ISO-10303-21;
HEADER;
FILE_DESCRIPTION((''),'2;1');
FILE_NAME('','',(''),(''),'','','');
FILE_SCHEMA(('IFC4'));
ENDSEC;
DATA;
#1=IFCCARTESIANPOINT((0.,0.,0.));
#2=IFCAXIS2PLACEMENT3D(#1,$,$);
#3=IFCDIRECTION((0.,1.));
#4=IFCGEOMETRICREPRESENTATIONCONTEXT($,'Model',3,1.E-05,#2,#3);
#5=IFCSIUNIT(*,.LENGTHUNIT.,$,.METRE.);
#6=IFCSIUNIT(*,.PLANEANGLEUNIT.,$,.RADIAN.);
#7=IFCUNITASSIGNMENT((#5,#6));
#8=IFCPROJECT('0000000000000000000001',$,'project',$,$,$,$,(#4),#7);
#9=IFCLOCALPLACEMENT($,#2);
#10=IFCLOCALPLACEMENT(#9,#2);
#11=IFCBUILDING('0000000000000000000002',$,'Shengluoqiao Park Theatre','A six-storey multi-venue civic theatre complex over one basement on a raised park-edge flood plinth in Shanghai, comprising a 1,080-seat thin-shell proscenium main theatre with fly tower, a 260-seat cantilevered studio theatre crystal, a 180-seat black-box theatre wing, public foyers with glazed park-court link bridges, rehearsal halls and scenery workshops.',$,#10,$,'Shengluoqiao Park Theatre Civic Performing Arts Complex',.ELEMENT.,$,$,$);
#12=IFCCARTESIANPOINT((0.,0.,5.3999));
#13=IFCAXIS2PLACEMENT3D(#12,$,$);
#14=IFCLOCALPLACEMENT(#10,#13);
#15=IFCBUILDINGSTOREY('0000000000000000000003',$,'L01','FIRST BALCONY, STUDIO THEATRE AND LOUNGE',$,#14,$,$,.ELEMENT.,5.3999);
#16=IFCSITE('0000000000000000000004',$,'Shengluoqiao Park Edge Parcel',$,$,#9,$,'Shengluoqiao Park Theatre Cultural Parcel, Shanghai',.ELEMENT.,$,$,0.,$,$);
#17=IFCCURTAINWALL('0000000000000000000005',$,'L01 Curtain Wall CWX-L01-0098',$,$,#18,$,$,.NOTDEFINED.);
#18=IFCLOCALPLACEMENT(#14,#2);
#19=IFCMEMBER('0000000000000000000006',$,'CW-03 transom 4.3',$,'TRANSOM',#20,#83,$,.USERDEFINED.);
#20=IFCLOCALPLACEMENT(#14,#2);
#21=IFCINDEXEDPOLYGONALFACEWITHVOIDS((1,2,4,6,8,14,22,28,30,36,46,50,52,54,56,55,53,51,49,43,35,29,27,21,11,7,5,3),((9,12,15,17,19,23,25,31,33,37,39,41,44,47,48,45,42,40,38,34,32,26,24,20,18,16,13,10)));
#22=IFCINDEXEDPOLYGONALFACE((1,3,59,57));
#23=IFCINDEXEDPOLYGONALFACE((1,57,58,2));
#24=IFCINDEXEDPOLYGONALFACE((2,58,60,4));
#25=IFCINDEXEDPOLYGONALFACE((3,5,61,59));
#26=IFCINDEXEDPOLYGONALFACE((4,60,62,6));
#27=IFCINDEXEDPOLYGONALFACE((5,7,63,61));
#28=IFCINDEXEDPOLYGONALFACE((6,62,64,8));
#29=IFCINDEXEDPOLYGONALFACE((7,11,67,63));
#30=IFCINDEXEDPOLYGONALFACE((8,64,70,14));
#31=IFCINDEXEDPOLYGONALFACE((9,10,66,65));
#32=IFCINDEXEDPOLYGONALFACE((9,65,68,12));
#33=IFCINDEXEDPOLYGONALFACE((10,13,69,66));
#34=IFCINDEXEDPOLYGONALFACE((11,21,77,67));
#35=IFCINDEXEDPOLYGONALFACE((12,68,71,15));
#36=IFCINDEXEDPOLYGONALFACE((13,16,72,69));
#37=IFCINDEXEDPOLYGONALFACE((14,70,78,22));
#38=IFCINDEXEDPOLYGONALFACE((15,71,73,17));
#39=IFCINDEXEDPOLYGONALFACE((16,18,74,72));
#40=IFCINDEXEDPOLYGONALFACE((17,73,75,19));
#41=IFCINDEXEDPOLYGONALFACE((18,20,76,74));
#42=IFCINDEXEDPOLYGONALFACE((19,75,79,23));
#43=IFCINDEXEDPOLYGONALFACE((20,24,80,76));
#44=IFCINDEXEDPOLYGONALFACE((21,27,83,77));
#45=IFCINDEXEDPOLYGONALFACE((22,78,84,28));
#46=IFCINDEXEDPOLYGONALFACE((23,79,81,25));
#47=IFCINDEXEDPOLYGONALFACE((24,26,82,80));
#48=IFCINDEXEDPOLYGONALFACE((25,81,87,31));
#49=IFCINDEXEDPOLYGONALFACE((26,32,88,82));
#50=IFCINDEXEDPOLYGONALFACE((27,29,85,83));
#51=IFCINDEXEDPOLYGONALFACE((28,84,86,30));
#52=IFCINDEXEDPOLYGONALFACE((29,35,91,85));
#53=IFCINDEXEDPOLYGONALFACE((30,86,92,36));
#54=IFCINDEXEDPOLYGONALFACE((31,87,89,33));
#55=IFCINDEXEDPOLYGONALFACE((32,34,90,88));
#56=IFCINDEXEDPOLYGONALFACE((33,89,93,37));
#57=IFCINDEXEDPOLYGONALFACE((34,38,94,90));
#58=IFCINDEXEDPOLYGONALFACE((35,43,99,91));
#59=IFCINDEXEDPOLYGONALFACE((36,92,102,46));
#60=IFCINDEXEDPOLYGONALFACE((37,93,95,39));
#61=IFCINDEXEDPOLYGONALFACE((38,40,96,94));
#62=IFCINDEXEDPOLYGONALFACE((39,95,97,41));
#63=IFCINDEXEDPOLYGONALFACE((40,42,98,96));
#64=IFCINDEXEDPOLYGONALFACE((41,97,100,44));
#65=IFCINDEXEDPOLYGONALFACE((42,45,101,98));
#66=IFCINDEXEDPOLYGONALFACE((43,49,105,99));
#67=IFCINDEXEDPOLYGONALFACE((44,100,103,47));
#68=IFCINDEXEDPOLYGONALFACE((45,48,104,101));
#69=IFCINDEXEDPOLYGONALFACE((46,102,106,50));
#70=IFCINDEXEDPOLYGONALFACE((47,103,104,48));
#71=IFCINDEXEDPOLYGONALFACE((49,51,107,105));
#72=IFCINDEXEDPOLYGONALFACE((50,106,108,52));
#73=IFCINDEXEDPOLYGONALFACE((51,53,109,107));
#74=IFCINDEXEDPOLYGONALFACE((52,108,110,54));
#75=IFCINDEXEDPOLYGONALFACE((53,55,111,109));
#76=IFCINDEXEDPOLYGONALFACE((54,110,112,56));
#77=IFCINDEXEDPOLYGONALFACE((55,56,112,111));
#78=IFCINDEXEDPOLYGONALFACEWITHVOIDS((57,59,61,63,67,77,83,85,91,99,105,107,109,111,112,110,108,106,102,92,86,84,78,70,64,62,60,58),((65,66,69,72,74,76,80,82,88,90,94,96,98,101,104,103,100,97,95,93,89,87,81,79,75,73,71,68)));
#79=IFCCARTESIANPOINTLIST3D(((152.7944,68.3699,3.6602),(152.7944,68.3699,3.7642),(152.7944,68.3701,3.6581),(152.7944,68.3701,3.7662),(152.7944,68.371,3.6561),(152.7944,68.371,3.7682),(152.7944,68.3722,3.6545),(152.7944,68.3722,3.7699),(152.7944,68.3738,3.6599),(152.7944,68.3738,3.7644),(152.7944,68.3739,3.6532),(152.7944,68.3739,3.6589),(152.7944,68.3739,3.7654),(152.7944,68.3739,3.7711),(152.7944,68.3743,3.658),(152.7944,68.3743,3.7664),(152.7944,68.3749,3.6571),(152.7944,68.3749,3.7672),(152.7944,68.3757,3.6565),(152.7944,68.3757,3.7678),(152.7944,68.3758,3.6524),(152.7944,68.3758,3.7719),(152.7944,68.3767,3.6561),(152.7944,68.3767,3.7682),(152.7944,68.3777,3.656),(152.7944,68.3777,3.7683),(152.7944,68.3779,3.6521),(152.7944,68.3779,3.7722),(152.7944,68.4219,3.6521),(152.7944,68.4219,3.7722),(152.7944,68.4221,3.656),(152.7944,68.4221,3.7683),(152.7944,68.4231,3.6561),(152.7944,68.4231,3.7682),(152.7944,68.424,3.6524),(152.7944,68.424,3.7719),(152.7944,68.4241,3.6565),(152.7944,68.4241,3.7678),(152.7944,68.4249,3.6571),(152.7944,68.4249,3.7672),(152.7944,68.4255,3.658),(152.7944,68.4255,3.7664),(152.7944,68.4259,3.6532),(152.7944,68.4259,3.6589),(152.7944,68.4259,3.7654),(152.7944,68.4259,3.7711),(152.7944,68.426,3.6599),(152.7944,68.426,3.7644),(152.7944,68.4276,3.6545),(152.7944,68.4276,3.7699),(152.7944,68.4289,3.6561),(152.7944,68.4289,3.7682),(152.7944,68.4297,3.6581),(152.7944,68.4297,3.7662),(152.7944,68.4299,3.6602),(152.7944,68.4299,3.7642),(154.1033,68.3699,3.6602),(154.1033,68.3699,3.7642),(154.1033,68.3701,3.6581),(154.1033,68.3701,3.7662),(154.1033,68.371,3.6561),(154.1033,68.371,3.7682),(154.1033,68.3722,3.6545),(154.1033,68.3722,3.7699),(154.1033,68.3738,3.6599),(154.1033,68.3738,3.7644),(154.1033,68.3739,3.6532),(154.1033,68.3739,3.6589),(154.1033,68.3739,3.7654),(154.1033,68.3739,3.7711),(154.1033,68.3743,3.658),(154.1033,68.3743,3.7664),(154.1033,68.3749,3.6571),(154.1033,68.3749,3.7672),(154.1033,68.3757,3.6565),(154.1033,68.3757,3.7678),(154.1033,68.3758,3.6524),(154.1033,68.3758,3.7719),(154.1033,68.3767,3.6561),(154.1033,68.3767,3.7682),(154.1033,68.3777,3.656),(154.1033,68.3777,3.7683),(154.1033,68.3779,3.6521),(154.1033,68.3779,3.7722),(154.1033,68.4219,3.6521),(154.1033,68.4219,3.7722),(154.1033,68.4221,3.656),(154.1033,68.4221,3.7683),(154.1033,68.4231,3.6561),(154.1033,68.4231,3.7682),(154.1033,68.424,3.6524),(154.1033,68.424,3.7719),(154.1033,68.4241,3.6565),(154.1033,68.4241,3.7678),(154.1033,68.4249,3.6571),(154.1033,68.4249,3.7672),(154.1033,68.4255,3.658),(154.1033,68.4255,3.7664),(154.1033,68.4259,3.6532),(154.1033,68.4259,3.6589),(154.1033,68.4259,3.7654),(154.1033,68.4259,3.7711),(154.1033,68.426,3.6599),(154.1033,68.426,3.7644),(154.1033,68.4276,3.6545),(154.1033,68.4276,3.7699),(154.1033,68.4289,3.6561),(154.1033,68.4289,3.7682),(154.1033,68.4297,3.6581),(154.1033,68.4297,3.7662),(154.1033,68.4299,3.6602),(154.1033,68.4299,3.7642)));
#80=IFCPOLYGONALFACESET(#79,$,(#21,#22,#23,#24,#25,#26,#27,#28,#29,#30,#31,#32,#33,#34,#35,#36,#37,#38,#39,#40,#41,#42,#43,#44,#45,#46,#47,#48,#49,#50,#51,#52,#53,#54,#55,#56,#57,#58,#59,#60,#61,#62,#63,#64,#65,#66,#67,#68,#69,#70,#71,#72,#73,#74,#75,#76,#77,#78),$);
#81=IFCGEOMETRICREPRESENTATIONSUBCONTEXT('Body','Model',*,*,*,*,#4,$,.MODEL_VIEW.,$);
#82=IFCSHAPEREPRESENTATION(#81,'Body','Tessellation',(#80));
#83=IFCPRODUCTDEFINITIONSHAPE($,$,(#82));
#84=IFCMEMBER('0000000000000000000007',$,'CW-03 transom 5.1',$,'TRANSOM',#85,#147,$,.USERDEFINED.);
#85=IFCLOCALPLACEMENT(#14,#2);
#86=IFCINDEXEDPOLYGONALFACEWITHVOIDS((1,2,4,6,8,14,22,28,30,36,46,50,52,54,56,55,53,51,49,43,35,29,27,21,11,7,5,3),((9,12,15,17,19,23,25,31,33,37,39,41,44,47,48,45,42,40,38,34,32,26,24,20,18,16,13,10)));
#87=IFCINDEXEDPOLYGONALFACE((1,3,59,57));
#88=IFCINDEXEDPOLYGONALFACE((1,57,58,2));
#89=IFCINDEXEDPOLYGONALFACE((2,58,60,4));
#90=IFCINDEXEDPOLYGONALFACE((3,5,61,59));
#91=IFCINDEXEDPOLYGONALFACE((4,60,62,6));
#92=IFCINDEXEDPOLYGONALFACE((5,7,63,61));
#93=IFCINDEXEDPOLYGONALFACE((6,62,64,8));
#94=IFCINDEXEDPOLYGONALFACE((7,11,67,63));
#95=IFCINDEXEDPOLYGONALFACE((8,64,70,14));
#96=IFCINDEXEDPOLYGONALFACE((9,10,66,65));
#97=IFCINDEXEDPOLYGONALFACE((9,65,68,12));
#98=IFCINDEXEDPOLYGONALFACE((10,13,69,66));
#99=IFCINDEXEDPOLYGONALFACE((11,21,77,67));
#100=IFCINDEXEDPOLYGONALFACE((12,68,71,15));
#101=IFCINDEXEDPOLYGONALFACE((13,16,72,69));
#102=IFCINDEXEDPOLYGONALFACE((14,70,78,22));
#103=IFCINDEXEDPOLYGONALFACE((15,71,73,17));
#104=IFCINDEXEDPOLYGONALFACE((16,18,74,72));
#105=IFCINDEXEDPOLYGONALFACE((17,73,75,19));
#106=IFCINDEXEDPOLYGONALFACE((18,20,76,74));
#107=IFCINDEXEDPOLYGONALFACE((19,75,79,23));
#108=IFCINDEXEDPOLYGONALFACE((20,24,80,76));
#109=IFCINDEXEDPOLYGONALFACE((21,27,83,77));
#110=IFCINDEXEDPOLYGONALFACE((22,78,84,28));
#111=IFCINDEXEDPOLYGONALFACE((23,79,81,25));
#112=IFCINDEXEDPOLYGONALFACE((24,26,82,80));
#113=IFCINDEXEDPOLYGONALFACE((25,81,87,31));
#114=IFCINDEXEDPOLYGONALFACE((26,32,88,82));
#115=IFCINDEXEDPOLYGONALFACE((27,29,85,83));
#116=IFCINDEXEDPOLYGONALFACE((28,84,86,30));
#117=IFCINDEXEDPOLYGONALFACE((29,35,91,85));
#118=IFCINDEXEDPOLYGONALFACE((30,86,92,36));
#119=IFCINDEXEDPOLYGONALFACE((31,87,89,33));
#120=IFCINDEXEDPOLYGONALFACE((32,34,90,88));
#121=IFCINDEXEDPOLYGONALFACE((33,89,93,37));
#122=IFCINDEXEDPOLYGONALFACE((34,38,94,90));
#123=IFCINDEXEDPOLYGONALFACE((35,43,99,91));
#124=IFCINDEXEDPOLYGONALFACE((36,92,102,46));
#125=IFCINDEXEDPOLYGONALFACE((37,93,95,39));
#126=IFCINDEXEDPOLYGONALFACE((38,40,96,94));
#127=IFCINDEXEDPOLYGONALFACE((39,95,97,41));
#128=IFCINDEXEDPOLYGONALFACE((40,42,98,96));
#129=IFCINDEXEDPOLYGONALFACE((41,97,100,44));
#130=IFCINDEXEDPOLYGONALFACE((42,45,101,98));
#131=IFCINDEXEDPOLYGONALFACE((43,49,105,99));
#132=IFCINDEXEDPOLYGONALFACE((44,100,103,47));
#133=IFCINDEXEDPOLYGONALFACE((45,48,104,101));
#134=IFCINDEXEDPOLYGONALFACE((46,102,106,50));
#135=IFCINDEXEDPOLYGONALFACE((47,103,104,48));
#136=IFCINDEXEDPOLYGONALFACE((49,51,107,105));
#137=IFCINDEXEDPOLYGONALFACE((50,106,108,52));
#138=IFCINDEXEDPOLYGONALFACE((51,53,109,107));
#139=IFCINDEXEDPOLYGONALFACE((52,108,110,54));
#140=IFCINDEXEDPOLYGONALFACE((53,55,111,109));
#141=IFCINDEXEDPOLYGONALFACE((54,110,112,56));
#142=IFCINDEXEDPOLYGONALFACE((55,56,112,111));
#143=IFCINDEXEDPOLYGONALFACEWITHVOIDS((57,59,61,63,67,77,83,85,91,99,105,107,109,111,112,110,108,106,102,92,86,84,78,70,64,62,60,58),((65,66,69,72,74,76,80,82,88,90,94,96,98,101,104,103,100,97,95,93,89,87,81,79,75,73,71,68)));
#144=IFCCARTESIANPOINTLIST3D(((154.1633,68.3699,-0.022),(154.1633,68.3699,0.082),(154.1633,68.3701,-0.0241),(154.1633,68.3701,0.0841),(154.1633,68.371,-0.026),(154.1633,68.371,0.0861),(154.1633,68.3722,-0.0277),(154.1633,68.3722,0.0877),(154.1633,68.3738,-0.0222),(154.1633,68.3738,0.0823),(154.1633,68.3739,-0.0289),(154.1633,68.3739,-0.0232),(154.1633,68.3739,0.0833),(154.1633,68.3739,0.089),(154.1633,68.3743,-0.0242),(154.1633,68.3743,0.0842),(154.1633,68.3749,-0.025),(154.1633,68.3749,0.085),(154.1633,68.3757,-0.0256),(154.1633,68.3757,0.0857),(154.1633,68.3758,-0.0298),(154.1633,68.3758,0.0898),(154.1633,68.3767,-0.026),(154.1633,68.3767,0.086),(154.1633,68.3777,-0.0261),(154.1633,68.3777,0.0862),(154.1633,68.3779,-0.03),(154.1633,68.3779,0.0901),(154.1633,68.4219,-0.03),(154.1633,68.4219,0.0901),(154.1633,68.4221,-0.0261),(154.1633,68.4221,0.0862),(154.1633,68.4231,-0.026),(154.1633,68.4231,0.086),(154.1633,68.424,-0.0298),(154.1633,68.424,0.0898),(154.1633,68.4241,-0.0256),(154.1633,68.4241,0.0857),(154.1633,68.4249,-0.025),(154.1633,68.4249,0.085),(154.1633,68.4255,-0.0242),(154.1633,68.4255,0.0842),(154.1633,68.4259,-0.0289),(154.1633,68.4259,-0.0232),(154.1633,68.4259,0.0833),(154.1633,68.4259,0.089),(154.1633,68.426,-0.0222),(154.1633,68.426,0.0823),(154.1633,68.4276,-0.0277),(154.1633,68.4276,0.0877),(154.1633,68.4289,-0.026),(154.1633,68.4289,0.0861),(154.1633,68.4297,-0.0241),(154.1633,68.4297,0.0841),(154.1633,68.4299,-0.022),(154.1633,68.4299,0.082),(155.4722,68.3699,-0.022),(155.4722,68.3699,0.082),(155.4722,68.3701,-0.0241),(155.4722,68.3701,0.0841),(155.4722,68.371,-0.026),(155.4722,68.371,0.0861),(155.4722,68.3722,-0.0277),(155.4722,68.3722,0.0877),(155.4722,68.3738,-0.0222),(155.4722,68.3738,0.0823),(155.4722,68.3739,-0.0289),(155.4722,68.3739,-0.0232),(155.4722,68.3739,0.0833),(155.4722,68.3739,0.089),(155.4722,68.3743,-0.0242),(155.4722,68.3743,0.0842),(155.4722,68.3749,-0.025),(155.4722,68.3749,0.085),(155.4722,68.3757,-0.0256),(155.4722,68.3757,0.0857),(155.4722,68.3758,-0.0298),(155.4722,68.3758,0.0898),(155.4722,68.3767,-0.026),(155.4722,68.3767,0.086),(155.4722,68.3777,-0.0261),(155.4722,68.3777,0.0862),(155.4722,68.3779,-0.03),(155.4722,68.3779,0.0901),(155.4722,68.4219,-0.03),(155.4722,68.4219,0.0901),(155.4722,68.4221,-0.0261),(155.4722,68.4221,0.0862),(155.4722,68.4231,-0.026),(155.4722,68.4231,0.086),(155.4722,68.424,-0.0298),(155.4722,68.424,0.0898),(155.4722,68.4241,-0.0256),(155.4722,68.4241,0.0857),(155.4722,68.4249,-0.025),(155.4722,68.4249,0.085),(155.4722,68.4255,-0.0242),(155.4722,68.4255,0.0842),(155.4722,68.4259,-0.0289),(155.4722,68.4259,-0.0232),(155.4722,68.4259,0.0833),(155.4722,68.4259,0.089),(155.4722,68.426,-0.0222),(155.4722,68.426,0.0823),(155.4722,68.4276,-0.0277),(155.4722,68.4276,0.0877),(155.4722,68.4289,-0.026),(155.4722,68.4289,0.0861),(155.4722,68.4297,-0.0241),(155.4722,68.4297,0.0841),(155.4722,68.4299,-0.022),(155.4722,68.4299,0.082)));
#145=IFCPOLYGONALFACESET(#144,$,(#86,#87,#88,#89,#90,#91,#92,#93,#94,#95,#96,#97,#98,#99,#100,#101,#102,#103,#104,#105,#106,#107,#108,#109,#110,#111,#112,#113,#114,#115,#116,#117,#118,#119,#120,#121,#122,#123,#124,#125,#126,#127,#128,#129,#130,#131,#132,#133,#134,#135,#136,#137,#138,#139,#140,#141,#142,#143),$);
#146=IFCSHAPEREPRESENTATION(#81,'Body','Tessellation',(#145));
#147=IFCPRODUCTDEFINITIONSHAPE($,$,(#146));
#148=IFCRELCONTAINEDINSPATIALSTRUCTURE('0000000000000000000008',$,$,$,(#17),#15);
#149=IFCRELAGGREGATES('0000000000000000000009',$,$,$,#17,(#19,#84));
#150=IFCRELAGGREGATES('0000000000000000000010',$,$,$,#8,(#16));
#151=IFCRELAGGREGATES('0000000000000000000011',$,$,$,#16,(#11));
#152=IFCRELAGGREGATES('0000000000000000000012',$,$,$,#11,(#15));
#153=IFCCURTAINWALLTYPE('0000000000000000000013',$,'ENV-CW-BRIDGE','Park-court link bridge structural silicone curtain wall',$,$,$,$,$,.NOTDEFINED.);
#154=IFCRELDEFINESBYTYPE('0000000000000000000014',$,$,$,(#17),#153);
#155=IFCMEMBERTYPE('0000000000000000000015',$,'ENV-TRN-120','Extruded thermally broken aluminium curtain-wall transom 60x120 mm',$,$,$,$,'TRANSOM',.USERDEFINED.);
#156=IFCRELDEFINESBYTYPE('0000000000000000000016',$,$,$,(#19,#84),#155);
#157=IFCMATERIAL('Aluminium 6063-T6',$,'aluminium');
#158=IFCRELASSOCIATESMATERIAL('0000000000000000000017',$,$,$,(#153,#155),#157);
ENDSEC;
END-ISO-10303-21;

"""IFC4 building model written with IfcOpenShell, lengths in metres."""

from ifc_helpers import new_model, si_unit, direction, frame, origin, origin_2d, place, context, subcontext, project, spatial, hollow_rectangle, extrude, material, material_profile, profile_set, type_object, element, aggregate, save


model = new_model("IFC4")

# Units and contexts
model_context = context("Model", 3, precision=1e-05, world=origin(), true_north=direction((0.0, 1.0)))
body_context = subcontext(model_context, "Body", "Model", "MODEL_VIEW")
ifc_project = project(units=[si_unit("LENGTHUNIT", "METRE"), si_unit("PLANEANGLEUNIT", "RADIAN")], contexts=[model_context])

# Site, building, storey
site_placement = place(None, origin())
site = spatial("IfcSite", under=ifc_project, at=site_placement, Name="Shengluoqiao Park Edge Parcel", LongName="Shengluoqiao Park Theatre Cultural Parcel, Shanghai", CompositionType="ELEMENT", RefElevation=0.0)
building_placement = place(site_placement, origin())
building = spatial("IfcBuilding", under=site, at=building_placement, Name="Shengluoqiao Park Theatre", Description="A six-storey multi-venue civic theatre complex over one basement on a raised park-edge flood plinth in Shanghai, comprising a 1,080-seat thin-shell proscenium main theatre with fly tower, a 260-seat cantilevered studio theatre crystal, a 180-seat black-box theatre wing, public foyers with glazed park-court link bridges, rehearsal halls and scenery workshops.", LongName="Shengluoqiao Park Theatre Civic Performing Arts Complex", CompositionType="ELEMENT")
storey_placement = place(building_placement, frame((0.0, 0.0, 5.3999)))
storey = spatial("IfcBuildingStorey", under=building, at=storey_placement, Name="L01", Description="FIRST BALCONY, STUDIO THEATRE AND LOUNGE", CompositionType="ELEMENT", Elevation=5.3999)

# Curtain wall
ifc_material_1 = material(Name="Aluminium 6063-T6", Category="aluminium")
curtain_wall_type_1 = type_object("IfcCurtainWallType", Name="ENV-CW-BRIDGE", Description="Park-court link bridge structural silicone curtain wall", PredefinedType="NOTDEFINED", material=ifc_material_1)
curtain_wall_1_placement = place(storey_placement, origin())
curtain_wall_1 = element("IfcCurtainWall", 1, at=curtain_wall_1_placement, inside=storey, type_object=curtain_wall_type_1, Name="L01 Curtain Wall CWX-L01-0098", PredefinedType="NOTDEFINED")

# Members
ifc_material_profile_1 = material_profile(ifc_material_1, hollow_rectangle(XDim=0.0601, YDim=0.1201, WallThickness=0.0039, InnerFilletRadius=0.0039, OuterFilletRadius=0.0081, at=origin_2d()), Name="ALU TRANSOM 120x60x4")
ifc_profile_set_1 = profile_set([ifc_material_profile_1], Name="Aluminium 6063-T6")
member_type_1 = type_object("IfcMemberType", Name="ENV-TRN-120", Description="Extruded thermally broken aluminium curtain-wall transom 60x120 mm", ElementType="TRANSOM", PredefinedType="USERDEFINED", material=ifc_profile_set_1)
member_1_placement = place(storey_placement, frame((152.7944, 68.3999, 3.7122), z_axis=(1.0, 0.0, 0.0), x_axis=(0.0, 1.0, 0.0)))
member_1 = element("IfcMember", 2, at=member_1_placement, type_object=member_type_1, Name="CW-03 transom 4.3", ObjectType="TRANSOM", PredefinedType="USERDEFINED", context=body_context, shape_type="SweptSolid", body=[
    extrude(hollow_rectangle(XDim=0.0601, YDim=0.1201, WallThickness=0.0039, InnerFilletRadius=0.0039, OuterFilletRadius=0.0081, at=origin_2d()), origin(), (0.0, 0.0, 1.0), 1.3088),
])
member_2_placement = place(storey_placement, frame((154.1633, 68.3999, 0.03), z_axis=(1.0, 0.0, 0.0), x_axis=(0.0, 1.0, 0.0)))
member_2 = element("IfcMember", 3, at=member_2_placement, type_object=member_type_1, Name="CW-03 transom 5.1", ObjectType="TRANSOM", PredefinedType="USERDEFINED", context=body_context, shape_type="SweptSolid", body=[
    extrude(hollow_rectangle(XDim=0.0601, YDim=0.1201, WallThickness=0.0039, InnerFilletRadius=0.0039, OuterFilletRadius=0.0081, at=origin_2d()), origin(), (0.0, 0.0, 1.0), 1.3088),
])

aggregate(curtain_wall_1, [member_1, member_2])

save(model, "model.ifc")
